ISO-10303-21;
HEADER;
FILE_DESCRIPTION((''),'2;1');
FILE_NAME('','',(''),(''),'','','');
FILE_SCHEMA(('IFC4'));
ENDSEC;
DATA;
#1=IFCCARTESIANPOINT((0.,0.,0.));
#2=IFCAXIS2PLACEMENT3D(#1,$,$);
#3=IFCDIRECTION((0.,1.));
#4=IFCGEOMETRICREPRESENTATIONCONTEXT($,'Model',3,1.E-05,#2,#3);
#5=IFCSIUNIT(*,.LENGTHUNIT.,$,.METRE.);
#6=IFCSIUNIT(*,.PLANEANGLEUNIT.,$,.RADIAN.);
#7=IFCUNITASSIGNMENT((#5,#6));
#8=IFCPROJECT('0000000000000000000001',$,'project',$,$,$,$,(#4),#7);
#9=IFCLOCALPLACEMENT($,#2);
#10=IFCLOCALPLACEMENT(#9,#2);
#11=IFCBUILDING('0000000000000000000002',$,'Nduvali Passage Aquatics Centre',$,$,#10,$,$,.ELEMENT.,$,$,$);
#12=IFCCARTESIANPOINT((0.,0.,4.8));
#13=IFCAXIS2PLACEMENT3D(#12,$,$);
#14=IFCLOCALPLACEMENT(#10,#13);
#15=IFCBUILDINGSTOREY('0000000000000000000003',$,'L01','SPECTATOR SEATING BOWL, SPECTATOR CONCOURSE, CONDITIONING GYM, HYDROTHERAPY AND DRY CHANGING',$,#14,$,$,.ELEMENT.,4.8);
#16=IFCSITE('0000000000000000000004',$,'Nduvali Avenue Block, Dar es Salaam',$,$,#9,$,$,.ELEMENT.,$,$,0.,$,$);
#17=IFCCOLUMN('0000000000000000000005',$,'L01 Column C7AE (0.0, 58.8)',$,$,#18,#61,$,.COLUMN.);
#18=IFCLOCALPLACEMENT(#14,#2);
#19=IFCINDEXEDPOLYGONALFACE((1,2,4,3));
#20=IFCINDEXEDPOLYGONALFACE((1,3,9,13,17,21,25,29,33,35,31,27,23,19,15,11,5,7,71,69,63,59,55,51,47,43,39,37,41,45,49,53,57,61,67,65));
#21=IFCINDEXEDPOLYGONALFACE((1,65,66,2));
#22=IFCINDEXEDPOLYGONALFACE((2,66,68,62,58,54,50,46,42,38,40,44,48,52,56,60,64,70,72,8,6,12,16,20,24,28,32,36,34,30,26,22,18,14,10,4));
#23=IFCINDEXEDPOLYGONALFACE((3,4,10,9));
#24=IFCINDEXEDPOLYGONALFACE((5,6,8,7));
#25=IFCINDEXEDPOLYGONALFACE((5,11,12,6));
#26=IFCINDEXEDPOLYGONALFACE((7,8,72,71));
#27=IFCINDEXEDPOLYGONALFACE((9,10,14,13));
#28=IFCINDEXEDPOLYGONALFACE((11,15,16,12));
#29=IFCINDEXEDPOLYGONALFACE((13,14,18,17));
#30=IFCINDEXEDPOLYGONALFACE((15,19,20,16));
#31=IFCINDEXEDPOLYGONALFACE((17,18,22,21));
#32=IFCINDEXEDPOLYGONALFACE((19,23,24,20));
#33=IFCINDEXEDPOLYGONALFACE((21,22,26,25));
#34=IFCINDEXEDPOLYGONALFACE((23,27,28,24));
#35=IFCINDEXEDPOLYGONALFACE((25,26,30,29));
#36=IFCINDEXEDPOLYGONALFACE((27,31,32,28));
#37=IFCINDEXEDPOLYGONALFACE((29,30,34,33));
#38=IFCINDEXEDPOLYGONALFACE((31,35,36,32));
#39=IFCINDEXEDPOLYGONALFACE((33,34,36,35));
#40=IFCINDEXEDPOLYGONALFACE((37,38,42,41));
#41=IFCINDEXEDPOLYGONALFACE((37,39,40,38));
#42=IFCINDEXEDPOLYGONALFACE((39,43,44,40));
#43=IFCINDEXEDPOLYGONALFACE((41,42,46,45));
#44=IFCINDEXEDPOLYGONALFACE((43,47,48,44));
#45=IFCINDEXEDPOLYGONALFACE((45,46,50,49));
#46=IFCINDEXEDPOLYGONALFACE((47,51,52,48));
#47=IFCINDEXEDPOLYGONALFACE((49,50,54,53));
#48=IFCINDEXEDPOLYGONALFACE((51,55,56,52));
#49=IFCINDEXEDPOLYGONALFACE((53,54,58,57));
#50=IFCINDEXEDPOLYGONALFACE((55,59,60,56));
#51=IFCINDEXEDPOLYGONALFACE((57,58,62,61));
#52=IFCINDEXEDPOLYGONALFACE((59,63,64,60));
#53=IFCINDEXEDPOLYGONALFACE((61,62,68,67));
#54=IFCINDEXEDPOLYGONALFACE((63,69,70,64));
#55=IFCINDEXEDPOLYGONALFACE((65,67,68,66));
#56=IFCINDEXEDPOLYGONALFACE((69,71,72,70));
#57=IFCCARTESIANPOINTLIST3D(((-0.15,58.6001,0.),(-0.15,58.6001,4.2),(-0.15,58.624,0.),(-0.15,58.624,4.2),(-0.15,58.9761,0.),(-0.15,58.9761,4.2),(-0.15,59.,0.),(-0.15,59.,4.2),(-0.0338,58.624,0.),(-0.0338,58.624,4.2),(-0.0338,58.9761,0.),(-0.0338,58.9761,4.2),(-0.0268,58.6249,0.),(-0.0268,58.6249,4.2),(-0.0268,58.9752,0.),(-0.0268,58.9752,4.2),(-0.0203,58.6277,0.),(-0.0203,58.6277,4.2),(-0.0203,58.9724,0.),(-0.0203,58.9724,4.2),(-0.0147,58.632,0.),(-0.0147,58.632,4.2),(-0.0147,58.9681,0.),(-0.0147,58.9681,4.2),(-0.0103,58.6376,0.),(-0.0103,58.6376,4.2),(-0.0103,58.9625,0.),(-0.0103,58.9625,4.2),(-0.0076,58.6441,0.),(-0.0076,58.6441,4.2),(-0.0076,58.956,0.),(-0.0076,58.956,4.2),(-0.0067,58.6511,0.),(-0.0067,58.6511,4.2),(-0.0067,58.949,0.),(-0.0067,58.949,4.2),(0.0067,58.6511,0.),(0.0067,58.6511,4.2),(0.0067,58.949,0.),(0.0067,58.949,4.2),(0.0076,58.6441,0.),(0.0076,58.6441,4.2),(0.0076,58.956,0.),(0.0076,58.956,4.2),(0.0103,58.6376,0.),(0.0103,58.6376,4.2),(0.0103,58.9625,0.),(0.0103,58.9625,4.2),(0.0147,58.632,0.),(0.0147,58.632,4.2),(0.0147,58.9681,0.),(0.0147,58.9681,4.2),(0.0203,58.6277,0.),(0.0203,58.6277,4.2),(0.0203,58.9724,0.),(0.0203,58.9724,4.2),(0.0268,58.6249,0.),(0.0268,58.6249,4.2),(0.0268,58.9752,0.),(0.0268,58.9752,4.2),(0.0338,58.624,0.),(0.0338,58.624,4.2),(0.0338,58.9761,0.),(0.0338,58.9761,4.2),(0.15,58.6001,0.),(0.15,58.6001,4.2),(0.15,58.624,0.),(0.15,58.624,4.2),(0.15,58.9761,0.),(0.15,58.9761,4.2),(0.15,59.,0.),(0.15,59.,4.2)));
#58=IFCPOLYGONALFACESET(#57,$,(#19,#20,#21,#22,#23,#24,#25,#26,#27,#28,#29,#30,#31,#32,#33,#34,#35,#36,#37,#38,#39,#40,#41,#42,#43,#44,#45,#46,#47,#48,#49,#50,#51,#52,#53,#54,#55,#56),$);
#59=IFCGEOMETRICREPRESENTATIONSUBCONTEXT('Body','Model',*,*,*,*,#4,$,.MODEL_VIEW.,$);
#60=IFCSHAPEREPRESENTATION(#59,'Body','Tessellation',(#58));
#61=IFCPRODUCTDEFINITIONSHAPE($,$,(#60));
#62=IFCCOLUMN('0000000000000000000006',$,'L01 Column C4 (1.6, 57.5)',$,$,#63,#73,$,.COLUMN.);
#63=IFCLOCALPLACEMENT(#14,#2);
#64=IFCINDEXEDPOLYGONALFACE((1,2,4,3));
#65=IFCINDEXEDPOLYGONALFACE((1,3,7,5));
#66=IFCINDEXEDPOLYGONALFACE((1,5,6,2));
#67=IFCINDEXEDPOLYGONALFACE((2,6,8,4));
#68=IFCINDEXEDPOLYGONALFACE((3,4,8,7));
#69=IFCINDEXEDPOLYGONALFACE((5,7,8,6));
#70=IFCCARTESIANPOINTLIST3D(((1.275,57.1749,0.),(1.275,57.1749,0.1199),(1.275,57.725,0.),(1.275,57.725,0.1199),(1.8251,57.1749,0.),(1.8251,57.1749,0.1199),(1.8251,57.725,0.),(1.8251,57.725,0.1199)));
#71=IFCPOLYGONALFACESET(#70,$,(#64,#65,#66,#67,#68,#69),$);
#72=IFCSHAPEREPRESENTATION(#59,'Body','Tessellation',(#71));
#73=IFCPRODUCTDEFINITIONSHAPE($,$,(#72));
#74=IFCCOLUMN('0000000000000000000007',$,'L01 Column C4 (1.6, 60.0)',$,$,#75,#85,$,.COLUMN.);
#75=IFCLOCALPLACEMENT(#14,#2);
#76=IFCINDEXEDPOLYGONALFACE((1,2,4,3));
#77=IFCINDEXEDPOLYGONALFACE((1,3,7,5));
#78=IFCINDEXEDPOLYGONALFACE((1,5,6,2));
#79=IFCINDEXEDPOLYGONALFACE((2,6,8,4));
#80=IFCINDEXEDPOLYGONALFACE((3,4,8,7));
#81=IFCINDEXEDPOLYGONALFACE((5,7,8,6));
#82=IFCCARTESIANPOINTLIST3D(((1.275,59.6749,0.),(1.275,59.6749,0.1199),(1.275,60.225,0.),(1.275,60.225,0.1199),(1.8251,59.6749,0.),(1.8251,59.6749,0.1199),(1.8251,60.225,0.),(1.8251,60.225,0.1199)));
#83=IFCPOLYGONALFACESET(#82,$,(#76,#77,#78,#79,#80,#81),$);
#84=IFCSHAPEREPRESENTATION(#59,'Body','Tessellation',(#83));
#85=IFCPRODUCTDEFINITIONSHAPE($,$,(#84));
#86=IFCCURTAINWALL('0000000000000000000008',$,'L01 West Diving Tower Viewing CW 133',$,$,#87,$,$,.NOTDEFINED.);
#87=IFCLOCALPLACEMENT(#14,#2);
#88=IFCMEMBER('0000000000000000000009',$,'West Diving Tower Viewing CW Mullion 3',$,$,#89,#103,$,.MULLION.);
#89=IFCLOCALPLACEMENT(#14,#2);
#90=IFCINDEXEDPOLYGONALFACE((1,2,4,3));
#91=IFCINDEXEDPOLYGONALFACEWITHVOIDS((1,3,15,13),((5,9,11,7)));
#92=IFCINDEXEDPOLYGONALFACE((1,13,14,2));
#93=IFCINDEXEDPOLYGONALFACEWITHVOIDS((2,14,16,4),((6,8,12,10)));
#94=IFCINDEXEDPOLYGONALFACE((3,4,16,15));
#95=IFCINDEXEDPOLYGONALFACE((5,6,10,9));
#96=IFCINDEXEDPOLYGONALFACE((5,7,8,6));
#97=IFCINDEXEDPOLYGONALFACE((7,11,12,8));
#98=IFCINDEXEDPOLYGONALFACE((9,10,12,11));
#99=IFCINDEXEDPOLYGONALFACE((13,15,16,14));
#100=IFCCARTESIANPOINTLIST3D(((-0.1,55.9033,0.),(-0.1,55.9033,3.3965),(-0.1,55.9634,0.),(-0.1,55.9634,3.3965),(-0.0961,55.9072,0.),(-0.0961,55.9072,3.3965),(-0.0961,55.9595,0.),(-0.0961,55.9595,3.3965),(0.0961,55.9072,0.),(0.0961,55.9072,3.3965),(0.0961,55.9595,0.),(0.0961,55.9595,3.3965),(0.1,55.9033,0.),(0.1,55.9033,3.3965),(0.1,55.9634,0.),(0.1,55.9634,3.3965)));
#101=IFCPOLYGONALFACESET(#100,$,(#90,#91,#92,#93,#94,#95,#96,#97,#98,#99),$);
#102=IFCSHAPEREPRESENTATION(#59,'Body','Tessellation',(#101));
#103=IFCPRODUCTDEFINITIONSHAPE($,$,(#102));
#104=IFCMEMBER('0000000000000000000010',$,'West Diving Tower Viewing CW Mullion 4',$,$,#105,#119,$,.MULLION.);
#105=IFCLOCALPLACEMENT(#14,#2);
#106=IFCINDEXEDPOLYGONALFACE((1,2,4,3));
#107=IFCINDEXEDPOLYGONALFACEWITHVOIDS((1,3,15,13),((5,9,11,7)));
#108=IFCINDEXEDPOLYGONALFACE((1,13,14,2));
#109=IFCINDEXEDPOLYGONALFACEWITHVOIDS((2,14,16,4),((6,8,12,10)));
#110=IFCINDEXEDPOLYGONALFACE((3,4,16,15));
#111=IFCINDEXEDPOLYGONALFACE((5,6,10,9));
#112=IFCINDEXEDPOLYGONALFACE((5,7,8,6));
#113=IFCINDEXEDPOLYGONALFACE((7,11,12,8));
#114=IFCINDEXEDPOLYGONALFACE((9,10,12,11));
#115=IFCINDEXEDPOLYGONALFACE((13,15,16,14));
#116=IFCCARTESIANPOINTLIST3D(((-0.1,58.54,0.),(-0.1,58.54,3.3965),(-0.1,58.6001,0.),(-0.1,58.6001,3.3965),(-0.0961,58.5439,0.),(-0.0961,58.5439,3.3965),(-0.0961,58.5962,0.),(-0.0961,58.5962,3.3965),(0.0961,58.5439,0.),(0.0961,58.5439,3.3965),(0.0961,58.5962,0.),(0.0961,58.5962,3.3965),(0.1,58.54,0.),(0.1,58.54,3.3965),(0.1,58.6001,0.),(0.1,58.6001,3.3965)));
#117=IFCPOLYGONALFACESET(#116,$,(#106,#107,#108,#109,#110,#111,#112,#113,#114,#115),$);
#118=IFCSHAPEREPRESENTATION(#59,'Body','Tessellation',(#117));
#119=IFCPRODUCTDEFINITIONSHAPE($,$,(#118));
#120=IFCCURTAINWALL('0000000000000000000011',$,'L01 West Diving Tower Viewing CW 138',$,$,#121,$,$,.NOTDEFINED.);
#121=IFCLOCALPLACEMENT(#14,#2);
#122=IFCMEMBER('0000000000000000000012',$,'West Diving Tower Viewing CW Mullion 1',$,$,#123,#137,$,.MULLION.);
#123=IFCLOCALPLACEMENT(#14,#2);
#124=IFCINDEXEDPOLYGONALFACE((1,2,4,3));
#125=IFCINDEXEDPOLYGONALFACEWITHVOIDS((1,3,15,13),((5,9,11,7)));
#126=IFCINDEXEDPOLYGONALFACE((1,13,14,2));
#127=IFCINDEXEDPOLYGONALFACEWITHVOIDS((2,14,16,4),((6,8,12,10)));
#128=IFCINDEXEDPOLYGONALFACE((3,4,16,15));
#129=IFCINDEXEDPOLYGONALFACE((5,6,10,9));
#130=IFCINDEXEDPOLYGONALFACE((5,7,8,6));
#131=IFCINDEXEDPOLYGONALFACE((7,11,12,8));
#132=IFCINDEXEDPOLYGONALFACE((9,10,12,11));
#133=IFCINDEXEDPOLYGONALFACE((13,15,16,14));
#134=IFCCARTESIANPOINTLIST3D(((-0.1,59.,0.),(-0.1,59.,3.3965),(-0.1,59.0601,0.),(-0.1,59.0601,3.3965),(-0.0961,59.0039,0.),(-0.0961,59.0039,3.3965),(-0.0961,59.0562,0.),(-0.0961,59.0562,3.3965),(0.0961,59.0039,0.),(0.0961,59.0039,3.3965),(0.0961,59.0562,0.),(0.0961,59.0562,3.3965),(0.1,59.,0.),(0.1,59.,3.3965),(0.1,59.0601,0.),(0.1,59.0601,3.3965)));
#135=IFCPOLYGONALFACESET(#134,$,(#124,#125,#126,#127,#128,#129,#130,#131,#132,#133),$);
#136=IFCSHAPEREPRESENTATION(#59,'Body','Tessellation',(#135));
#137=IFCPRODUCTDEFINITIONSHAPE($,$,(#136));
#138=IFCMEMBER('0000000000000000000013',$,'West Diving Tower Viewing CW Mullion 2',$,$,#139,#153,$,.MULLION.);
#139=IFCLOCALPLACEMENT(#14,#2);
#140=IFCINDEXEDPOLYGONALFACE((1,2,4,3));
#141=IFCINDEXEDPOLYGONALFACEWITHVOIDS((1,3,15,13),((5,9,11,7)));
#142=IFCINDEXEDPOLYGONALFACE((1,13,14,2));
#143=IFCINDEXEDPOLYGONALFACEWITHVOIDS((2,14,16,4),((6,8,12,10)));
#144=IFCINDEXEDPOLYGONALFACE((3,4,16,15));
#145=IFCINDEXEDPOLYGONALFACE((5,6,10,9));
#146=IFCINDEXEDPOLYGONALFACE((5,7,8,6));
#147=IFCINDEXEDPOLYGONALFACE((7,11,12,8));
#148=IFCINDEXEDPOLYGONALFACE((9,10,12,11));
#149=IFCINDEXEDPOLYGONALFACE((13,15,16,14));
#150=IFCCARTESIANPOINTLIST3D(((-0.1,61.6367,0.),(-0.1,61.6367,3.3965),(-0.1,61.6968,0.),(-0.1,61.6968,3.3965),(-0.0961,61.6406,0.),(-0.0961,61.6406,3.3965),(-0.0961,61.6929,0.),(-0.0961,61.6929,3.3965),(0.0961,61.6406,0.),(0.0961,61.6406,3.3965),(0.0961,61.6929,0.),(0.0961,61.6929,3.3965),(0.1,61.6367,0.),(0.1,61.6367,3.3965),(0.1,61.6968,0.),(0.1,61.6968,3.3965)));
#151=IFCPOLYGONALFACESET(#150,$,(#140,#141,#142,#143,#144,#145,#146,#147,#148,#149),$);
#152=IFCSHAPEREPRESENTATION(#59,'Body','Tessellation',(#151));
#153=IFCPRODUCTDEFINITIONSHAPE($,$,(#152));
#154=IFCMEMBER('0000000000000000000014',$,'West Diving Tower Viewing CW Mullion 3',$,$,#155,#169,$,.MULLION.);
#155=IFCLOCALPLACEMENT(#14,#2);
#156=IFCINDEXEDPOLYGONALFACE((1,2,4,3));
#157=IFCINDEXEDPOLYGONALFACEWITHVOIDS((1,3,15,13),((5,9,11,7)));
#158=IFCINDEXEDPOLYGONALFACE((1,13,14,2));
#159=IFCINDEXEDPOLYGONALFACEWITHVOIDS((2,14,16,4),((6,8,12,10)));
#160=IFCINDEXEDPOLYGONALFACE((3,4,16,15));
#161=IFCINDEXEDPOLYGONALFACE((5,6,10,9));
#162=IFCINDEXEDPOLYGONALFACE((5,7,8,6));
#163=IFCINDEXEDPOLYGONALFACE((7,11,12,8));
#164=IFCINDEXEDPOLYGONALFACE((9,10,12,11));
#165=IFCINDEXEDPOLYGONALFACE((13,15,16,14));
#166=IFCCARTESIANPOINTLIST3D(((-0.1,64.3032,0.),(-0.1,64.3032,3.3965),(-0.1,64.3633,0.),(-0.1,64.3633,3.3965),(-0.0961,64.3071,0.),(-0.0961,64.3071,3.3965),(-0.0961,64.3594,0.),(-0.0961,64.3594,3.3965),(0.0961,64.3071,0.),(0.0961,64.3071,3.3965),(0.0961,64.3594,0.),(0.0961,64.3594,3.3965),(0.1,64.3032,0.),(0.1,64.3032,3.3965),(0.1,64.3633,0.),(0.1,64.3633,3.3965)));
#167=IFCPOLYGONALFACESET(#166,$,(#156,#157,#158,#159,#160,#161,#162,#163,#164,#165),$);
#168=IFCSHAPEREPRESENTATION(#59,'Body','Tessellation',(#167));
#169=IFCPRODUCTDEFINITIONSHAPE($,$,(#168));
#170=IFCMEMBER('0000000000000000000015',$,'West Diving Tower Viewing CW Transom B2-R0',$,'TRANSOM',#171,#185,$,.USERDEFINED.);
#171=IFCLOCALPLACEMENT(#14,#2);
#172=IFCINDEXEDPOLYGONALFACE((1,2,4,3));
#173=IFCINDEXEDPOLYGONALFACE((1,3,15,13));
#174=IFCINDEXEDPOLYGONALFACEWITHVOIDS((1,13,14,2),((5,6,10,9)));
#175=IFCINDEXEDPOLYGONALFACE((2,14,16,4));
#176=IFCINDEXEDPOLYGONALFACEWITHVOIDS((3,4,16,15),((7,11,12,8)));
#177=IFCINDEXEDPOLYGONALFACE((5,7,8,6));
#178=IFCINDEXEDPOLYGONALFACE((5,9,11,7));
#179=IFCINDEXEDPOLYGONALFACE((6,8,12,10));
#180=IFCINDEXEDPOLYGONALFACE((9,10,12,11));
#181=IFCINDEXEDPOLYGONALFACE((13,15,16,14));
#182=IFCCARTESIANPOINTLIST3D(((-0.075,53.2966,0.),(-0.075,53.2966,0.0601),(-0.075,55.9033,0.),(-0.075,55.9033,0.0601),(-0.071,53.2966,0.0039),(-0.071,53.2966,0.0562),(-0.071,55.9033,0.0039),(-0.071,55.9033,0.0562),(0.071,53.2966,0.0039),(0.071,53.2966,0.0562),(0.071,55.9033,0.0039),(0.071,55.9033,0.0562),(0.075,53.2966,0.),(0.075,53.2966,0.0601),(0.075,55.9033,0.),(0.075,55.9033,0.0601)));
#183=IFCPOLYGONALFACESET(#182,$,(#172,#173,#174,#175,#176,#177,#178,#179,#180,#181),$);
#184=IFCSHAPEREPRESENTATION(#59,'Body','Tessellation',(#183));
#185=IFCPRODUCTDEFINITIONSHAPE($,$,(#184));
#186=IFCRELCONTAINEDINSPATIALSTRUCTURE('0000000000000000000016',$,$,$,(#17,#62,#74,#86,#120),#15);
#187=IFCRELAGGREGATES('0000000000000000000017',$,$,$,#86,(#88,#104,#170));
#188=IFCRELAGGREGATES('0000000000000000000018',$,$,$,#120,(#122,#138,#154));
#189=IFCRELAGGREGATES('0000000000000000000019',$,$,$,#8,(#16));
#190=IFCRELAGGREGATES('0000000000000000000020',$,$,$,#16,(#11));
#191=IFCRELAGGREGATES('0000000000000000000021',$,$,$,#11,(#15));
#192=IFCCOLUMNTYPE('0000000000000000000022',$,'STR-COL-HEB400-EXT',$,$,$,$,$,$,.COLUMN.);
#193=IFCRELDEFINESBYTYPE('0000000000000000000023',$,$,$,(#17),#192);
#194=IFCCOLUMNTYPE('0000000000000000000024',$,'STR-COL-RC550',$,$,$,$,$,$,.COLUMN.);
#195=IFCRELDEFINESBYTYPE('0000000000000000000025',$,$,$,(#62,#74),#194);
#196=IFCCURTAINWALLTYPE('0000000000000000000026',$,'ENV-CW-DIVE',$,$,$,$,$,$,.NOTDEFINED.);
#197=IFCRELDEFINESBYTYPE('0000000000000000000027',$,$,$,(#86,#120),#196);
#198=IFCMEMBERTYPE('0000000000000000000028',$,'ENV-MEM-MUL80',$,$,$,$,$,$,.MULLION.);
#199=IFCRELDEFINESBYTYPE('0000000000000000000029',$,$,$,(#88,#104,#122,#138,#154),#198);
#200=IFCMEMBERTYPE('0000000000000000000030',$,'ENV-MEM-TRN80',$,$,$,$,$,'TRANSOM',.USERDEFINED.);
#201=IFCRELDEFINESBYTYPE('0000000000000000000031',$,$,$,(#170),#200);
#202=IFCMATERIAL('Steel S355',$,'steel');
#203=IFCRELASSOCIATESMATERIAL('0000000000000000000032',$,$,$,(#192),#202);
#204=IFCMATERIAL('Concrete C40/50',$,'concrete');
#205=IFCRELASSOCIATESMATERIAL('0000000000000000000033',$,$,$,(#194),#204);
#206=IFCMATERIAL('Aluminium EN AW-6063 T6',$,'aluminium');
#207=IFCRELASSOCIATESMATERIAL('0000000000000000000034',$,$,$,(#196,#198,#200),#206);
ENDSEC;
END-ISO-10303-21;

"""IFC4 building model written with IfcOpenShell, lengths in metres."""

from ifc_helpers import new_model, si_unit, direction, frame, origin, origin_2d, place, context, subcontext, project, spatial, rectangle, hollow_rectangle, i_section, extrude, material, material_profile, profile_set, type_object, element, aggregate, save


model = new_model("IFC4")

# Units and contexts
model_context = context("Model", 3, precision=1e-05, world=origin(), true_north=direction((0.0, 1.0)))
body_context = subcontext(model_context, "Body", "Model", "MODEL_VIEW")
ifc_project = project(units=[si_unit("LENGTHUNIT", "METRE"), si_unit("PLANEANGLEUNIT", "RADIAN")], contexts=[model_context])

# Site, building, storey
site_placement = place(None, origin())
site = spatial("IfcSite", under=ifc_project, at=site_placement, Name="Nduvali Avenue Block, Dar es Salaam", CompositionType="ELEMENT", RefElevation=0.0)
building_placement = place(site_placement, origin())
building = spatial("IfcBuilding", under=site, at=building_placement, Name="Nduvali Passage Aquatics Centre", CompositionType="ELEMENT")
storey_placement = place(building_placement, frame((0.0, 0.0, 4.8)))
storey = spatial("IfcBuildingStorey", under=building, at=storey_placement, Name="L01", Description="SPECTATOR SEATING BOWL, SPECTATOR CONCOURSE, CONDITIONING GYM, HYDROTHERAPY AND DRY CHANGING", CompositionType="ELEMENT", Elevation=4.8)

# Columns
ifc_material_1 = material(Name="Steel S355", Category="steel")
ifc_material_profile_1 = material_profile(ifc_material_1, i_section(OverallWidth=0.3, OverallDepth=0.3999, WebThickness=0.0134, FlangeThickness=0.0239, FilletRadius=0.0271, at=origin_2d()), Name="HEB 400")
ifc_profile_set_1 = profile_set([ifc_material_profile_1], Name="Steel S355")
column_type_1 = type_object("IfcColumnType", Name="STR-COL-HEB400-EXT", PredefinedType="COLUMN", material=ifc_profile_set_1)
column_placement = place(storey_placement, frame((0.0, 58.8, 0.0), z_axis=(0.0, 0.0, 1.0), x_axis=(1.0, 0.0, 0.0)))
element("IfcColumn", 1, at=column_placement, inside=storey, type_object=column_type_1, Name="L01 Column C7AE (0.0, 58.8)", PredefinedType="COLUMN", context=body_context, shape_type="SweptSolid", body=[
    extrude(i_section(OverallWidth=0.3, OverallDepth=0.3999, WebThickness=0.0134, FlangeThickness=0.0239, FilletRadius=0.0271, at=origin_2d()), origin(), (0.0, 0.0, 1.0), 4.2),
])
ifc_material_2 = material(Name="Concrete C40/50", Category="concrete")
ifc_material_profile_2 = material_profile(ifc_material_2, rectangle(XDim=0.55, YDim=0.55, at=origin_2d()), Name="RC 550x550")
ifc_profile_set_2 = profile_set([ifc_material_profile_2], Name="Concrete C40/50")
column_type_2 = type_object("IfcColumnType", Name="STR-COL-RC550", PredefinedType="COLUMN", material=ifc_profile_set_2)
for number, where, z_axis, x_axis, name in (
    (2, (1.55, 57.45, 0.0), (0.0, 0.0, 1.0), (1.0, 0.0, 0.0), "L01 Column C4 (1.6, 57.5)"),
    (3, (1.55, 59.95, 0.0), (0.0, 0.0, 1.0), (1.0, 0.0, 0.0), "L01 Column C4 (1.6, 60.0)"),
):
    element("IfcColumn", number, at=place(storey_placement, frame(where, z_axis=z_axis, x_axis=x_axis)), inside=storey, type_object=column_type_2, Name=name, PredefinedType="COLUMN", context=body_context, shape_type="SweptSolid", body=[
        extrude(rectangle(XDim=0.55, YDim=0.55, at=origin_2d()), origin(), (0.0, 0.0, 1.0), 0.1199),
    ])

# Curtain walls, members
ifc_material_3 = material(Name="Aluminium EN AW-6063 T6", Category="aluminium")
curtain_wall_type = type_object("IfcCurtainWallType", Name="ENV-CW-DIVE", PredefinedType="NOTDEFINED", material=ifc_material_3)
curtain_wall_1_placement = place(storey_placement, origin())
curtain_wall_1 = element("IfcCurtainWall", 4, at=curtain_wall_1_placement, inside=storey, type_object=curtain_wall_type, Name="L01 West Diving Tower Viewing CW 133", PredefinedType="NOTDEFINED")
ifc_material_profile_3 = material_profile(ifc_material_3, hollow_rectangle(XDim=0.0601, YDim=0.2, WallThickness=0.0039, at=origin_2d()), Name="ALU MULLION 60x200x4")
ifc_profile_set_3 = profile_set([ifc_material_profile_3], Name="Aluminium EN AW-6063 T6")
member_type_1 = type_object("IfcMemberType", Name="ENV-MEM-MUL80", PredefinedType="MULLION", material=ifc_profile_set_3)
member_1_placement = place(storey_placement, frame((0.0, 55.9333, 0.0), z_axis=(0.0, 0.0, 1.0), x_axis=(0.0, 1.0, 0.0)))
member_1 = element("IfcMember", 5, at=member_1_placement, type_object=member_type_1, Name="West Diving Tower Viewing CW Mullion 3", PredefinedType="MULLION", context=body_context, shape_type="SweptSolid", body=[
    extrude(hollow_rectangle(XDim=0.0601, YDim=0.2, WallThickness=0.0039, at=origin_2d()), origin(), (0.0, 0.0, 1.0), 3.3965),
])
member_2_placement = place(storey_placement, frame((0.0, 58.5701, 0.0), z_axis=(0.0, 0.0, 1.0), x_axis=(0.0, 1.0, 0.0)))
member_2 = element("IfcMember", 6, at=member_2_placement, type_object=member_type_1, Name="West Diving Tower Viewing CW Mullion 4", PredefinedType="MULLION", context=body_context, shape_type="SweptSolid", body=[
    extrude(hollow_rectangle(XDim=0.0601, YDim=0.2, WallThickness=0.0039, at=origin_2d()), origin(), (0.0, 0.0, 1.0), 3.3965),
])
curtain_wall_2_placement = place(storey_placement, origin())
curtain_wall_2 = element("IfcCurtainWall", 7, at=curtain_wall_2_placement, inside=storey, type_object=curtain_wall_type, Name="L01 West Diving Tower Viewing CW 138", PredefinedType="NOTDEFINED")
member_3_placement = place(storey_placement, frame((0.0, 59.03, 0.0), z_axis=(0.0, 0.0, 1.0), x_axis=(0.0, 1.0, 0.0)))
member_3 = element("IfcMember", 8, at=member_3_placement, type_object=member_type_1, Name="West Diving Tower Viewing CW Mullion 1", PredefinedType="MULLION", context=body_context, shape_type="SweptSolid", body=[
    extrude(hollow_rectangle(XDim=0.0601, YDim=0.2, WallThickness=0.0039, at=origin_2d()), origin(), (0.0, 0.0, 1.0), 3.3965),
])
member_4_placement = place(storey_placement, frame((0.0, 61.6667, 0.0), z_axis=(0.0, 0.0, 1.0), x_axis=(0.0, 1.0, 0.0)))
member_4 = element("IfcMember", 9, at=member_4_placement, type_object=member_type_1, Name="West Diving Tower Viewing CW Mullion 2", PredefinedType="MULLION", context=body_context, shape_type="SweptSolid", body=[
    extrude(hollow_rectangle(XDim=0.0601, YDim=0.2, WallThickness=0.0039, at=origin_2d()), origin(), (0.0, 0.0, 1.0), 3.3965),
])
member_5_placement = place(storey_placement, frame((0.0, 64.3333, 0.0), z_axis=(0.0, 0.0, 1.0), x_axis=(0.0, 1.0, 0.0)))
member_5 = element("IfcMember", 10, at=member_5_placement, type_object=member_type_1, Name="West Diving Tower Viewing CW Mullion 3", PredefinedType="MULLION", context=body_context, shape_type="SweptSolid", body=[
    extrude(hollow_rectangle(XDim=0.0601, YDim=0.2, WallThickness=0.0039, at=origin_2d()), origin(), (0.0, 0.0, 1.0), 3.3965),
])

# Member
ifc_material_profile_4 = material_profile(ifc_material_3, hollow_rectangle(XDim=0.1499, YDim=0.0601, WallThickness=0.0039, at=origin_2d()), Name="ALU TRANSOM 150x60x4")
ifc_profile_set_4 = profile_set([ifc_material_profile_4], Name="Aluminium EN AW-6063 T6")
member_type_2 = type_object("IfcMemberType", Name="ENV-MEM-TRN80", ElementType="TRANSOM", PredefinedType="USERDEFINED", material=ifc_profile_set_4)
member_6_placement = place(storey_placement, frame((0.0, 53.2966, 0.03), z_axis=(0.0, 1.0, 0.0), x_axis=(-1.0, 0.0, 0.0)))
member_6 = element("IfcMember", 11, at=member_6_placement, type_object=member_type_2, Name="West Diving Tower Viewing CW Transom B2-R0", ObjectType="TRANSOM", PredefinedType="USERDEFINED", context=body_context, shape_type="SweptSolid", body=[
    extrude(hollow_rectangle(XDim=0.1499, YDim=0.0601, WallThickness=0.0039, at=origin_2d()), origin(), (0.0, 0.0, 1.0), 2.6067),
])

aggregate(curtain_wall_1, [member_1, member_2, member_6])
aggregate(curtain_wall_2, [member_3, member_4, member_5])

save(model, "model.ifc")
